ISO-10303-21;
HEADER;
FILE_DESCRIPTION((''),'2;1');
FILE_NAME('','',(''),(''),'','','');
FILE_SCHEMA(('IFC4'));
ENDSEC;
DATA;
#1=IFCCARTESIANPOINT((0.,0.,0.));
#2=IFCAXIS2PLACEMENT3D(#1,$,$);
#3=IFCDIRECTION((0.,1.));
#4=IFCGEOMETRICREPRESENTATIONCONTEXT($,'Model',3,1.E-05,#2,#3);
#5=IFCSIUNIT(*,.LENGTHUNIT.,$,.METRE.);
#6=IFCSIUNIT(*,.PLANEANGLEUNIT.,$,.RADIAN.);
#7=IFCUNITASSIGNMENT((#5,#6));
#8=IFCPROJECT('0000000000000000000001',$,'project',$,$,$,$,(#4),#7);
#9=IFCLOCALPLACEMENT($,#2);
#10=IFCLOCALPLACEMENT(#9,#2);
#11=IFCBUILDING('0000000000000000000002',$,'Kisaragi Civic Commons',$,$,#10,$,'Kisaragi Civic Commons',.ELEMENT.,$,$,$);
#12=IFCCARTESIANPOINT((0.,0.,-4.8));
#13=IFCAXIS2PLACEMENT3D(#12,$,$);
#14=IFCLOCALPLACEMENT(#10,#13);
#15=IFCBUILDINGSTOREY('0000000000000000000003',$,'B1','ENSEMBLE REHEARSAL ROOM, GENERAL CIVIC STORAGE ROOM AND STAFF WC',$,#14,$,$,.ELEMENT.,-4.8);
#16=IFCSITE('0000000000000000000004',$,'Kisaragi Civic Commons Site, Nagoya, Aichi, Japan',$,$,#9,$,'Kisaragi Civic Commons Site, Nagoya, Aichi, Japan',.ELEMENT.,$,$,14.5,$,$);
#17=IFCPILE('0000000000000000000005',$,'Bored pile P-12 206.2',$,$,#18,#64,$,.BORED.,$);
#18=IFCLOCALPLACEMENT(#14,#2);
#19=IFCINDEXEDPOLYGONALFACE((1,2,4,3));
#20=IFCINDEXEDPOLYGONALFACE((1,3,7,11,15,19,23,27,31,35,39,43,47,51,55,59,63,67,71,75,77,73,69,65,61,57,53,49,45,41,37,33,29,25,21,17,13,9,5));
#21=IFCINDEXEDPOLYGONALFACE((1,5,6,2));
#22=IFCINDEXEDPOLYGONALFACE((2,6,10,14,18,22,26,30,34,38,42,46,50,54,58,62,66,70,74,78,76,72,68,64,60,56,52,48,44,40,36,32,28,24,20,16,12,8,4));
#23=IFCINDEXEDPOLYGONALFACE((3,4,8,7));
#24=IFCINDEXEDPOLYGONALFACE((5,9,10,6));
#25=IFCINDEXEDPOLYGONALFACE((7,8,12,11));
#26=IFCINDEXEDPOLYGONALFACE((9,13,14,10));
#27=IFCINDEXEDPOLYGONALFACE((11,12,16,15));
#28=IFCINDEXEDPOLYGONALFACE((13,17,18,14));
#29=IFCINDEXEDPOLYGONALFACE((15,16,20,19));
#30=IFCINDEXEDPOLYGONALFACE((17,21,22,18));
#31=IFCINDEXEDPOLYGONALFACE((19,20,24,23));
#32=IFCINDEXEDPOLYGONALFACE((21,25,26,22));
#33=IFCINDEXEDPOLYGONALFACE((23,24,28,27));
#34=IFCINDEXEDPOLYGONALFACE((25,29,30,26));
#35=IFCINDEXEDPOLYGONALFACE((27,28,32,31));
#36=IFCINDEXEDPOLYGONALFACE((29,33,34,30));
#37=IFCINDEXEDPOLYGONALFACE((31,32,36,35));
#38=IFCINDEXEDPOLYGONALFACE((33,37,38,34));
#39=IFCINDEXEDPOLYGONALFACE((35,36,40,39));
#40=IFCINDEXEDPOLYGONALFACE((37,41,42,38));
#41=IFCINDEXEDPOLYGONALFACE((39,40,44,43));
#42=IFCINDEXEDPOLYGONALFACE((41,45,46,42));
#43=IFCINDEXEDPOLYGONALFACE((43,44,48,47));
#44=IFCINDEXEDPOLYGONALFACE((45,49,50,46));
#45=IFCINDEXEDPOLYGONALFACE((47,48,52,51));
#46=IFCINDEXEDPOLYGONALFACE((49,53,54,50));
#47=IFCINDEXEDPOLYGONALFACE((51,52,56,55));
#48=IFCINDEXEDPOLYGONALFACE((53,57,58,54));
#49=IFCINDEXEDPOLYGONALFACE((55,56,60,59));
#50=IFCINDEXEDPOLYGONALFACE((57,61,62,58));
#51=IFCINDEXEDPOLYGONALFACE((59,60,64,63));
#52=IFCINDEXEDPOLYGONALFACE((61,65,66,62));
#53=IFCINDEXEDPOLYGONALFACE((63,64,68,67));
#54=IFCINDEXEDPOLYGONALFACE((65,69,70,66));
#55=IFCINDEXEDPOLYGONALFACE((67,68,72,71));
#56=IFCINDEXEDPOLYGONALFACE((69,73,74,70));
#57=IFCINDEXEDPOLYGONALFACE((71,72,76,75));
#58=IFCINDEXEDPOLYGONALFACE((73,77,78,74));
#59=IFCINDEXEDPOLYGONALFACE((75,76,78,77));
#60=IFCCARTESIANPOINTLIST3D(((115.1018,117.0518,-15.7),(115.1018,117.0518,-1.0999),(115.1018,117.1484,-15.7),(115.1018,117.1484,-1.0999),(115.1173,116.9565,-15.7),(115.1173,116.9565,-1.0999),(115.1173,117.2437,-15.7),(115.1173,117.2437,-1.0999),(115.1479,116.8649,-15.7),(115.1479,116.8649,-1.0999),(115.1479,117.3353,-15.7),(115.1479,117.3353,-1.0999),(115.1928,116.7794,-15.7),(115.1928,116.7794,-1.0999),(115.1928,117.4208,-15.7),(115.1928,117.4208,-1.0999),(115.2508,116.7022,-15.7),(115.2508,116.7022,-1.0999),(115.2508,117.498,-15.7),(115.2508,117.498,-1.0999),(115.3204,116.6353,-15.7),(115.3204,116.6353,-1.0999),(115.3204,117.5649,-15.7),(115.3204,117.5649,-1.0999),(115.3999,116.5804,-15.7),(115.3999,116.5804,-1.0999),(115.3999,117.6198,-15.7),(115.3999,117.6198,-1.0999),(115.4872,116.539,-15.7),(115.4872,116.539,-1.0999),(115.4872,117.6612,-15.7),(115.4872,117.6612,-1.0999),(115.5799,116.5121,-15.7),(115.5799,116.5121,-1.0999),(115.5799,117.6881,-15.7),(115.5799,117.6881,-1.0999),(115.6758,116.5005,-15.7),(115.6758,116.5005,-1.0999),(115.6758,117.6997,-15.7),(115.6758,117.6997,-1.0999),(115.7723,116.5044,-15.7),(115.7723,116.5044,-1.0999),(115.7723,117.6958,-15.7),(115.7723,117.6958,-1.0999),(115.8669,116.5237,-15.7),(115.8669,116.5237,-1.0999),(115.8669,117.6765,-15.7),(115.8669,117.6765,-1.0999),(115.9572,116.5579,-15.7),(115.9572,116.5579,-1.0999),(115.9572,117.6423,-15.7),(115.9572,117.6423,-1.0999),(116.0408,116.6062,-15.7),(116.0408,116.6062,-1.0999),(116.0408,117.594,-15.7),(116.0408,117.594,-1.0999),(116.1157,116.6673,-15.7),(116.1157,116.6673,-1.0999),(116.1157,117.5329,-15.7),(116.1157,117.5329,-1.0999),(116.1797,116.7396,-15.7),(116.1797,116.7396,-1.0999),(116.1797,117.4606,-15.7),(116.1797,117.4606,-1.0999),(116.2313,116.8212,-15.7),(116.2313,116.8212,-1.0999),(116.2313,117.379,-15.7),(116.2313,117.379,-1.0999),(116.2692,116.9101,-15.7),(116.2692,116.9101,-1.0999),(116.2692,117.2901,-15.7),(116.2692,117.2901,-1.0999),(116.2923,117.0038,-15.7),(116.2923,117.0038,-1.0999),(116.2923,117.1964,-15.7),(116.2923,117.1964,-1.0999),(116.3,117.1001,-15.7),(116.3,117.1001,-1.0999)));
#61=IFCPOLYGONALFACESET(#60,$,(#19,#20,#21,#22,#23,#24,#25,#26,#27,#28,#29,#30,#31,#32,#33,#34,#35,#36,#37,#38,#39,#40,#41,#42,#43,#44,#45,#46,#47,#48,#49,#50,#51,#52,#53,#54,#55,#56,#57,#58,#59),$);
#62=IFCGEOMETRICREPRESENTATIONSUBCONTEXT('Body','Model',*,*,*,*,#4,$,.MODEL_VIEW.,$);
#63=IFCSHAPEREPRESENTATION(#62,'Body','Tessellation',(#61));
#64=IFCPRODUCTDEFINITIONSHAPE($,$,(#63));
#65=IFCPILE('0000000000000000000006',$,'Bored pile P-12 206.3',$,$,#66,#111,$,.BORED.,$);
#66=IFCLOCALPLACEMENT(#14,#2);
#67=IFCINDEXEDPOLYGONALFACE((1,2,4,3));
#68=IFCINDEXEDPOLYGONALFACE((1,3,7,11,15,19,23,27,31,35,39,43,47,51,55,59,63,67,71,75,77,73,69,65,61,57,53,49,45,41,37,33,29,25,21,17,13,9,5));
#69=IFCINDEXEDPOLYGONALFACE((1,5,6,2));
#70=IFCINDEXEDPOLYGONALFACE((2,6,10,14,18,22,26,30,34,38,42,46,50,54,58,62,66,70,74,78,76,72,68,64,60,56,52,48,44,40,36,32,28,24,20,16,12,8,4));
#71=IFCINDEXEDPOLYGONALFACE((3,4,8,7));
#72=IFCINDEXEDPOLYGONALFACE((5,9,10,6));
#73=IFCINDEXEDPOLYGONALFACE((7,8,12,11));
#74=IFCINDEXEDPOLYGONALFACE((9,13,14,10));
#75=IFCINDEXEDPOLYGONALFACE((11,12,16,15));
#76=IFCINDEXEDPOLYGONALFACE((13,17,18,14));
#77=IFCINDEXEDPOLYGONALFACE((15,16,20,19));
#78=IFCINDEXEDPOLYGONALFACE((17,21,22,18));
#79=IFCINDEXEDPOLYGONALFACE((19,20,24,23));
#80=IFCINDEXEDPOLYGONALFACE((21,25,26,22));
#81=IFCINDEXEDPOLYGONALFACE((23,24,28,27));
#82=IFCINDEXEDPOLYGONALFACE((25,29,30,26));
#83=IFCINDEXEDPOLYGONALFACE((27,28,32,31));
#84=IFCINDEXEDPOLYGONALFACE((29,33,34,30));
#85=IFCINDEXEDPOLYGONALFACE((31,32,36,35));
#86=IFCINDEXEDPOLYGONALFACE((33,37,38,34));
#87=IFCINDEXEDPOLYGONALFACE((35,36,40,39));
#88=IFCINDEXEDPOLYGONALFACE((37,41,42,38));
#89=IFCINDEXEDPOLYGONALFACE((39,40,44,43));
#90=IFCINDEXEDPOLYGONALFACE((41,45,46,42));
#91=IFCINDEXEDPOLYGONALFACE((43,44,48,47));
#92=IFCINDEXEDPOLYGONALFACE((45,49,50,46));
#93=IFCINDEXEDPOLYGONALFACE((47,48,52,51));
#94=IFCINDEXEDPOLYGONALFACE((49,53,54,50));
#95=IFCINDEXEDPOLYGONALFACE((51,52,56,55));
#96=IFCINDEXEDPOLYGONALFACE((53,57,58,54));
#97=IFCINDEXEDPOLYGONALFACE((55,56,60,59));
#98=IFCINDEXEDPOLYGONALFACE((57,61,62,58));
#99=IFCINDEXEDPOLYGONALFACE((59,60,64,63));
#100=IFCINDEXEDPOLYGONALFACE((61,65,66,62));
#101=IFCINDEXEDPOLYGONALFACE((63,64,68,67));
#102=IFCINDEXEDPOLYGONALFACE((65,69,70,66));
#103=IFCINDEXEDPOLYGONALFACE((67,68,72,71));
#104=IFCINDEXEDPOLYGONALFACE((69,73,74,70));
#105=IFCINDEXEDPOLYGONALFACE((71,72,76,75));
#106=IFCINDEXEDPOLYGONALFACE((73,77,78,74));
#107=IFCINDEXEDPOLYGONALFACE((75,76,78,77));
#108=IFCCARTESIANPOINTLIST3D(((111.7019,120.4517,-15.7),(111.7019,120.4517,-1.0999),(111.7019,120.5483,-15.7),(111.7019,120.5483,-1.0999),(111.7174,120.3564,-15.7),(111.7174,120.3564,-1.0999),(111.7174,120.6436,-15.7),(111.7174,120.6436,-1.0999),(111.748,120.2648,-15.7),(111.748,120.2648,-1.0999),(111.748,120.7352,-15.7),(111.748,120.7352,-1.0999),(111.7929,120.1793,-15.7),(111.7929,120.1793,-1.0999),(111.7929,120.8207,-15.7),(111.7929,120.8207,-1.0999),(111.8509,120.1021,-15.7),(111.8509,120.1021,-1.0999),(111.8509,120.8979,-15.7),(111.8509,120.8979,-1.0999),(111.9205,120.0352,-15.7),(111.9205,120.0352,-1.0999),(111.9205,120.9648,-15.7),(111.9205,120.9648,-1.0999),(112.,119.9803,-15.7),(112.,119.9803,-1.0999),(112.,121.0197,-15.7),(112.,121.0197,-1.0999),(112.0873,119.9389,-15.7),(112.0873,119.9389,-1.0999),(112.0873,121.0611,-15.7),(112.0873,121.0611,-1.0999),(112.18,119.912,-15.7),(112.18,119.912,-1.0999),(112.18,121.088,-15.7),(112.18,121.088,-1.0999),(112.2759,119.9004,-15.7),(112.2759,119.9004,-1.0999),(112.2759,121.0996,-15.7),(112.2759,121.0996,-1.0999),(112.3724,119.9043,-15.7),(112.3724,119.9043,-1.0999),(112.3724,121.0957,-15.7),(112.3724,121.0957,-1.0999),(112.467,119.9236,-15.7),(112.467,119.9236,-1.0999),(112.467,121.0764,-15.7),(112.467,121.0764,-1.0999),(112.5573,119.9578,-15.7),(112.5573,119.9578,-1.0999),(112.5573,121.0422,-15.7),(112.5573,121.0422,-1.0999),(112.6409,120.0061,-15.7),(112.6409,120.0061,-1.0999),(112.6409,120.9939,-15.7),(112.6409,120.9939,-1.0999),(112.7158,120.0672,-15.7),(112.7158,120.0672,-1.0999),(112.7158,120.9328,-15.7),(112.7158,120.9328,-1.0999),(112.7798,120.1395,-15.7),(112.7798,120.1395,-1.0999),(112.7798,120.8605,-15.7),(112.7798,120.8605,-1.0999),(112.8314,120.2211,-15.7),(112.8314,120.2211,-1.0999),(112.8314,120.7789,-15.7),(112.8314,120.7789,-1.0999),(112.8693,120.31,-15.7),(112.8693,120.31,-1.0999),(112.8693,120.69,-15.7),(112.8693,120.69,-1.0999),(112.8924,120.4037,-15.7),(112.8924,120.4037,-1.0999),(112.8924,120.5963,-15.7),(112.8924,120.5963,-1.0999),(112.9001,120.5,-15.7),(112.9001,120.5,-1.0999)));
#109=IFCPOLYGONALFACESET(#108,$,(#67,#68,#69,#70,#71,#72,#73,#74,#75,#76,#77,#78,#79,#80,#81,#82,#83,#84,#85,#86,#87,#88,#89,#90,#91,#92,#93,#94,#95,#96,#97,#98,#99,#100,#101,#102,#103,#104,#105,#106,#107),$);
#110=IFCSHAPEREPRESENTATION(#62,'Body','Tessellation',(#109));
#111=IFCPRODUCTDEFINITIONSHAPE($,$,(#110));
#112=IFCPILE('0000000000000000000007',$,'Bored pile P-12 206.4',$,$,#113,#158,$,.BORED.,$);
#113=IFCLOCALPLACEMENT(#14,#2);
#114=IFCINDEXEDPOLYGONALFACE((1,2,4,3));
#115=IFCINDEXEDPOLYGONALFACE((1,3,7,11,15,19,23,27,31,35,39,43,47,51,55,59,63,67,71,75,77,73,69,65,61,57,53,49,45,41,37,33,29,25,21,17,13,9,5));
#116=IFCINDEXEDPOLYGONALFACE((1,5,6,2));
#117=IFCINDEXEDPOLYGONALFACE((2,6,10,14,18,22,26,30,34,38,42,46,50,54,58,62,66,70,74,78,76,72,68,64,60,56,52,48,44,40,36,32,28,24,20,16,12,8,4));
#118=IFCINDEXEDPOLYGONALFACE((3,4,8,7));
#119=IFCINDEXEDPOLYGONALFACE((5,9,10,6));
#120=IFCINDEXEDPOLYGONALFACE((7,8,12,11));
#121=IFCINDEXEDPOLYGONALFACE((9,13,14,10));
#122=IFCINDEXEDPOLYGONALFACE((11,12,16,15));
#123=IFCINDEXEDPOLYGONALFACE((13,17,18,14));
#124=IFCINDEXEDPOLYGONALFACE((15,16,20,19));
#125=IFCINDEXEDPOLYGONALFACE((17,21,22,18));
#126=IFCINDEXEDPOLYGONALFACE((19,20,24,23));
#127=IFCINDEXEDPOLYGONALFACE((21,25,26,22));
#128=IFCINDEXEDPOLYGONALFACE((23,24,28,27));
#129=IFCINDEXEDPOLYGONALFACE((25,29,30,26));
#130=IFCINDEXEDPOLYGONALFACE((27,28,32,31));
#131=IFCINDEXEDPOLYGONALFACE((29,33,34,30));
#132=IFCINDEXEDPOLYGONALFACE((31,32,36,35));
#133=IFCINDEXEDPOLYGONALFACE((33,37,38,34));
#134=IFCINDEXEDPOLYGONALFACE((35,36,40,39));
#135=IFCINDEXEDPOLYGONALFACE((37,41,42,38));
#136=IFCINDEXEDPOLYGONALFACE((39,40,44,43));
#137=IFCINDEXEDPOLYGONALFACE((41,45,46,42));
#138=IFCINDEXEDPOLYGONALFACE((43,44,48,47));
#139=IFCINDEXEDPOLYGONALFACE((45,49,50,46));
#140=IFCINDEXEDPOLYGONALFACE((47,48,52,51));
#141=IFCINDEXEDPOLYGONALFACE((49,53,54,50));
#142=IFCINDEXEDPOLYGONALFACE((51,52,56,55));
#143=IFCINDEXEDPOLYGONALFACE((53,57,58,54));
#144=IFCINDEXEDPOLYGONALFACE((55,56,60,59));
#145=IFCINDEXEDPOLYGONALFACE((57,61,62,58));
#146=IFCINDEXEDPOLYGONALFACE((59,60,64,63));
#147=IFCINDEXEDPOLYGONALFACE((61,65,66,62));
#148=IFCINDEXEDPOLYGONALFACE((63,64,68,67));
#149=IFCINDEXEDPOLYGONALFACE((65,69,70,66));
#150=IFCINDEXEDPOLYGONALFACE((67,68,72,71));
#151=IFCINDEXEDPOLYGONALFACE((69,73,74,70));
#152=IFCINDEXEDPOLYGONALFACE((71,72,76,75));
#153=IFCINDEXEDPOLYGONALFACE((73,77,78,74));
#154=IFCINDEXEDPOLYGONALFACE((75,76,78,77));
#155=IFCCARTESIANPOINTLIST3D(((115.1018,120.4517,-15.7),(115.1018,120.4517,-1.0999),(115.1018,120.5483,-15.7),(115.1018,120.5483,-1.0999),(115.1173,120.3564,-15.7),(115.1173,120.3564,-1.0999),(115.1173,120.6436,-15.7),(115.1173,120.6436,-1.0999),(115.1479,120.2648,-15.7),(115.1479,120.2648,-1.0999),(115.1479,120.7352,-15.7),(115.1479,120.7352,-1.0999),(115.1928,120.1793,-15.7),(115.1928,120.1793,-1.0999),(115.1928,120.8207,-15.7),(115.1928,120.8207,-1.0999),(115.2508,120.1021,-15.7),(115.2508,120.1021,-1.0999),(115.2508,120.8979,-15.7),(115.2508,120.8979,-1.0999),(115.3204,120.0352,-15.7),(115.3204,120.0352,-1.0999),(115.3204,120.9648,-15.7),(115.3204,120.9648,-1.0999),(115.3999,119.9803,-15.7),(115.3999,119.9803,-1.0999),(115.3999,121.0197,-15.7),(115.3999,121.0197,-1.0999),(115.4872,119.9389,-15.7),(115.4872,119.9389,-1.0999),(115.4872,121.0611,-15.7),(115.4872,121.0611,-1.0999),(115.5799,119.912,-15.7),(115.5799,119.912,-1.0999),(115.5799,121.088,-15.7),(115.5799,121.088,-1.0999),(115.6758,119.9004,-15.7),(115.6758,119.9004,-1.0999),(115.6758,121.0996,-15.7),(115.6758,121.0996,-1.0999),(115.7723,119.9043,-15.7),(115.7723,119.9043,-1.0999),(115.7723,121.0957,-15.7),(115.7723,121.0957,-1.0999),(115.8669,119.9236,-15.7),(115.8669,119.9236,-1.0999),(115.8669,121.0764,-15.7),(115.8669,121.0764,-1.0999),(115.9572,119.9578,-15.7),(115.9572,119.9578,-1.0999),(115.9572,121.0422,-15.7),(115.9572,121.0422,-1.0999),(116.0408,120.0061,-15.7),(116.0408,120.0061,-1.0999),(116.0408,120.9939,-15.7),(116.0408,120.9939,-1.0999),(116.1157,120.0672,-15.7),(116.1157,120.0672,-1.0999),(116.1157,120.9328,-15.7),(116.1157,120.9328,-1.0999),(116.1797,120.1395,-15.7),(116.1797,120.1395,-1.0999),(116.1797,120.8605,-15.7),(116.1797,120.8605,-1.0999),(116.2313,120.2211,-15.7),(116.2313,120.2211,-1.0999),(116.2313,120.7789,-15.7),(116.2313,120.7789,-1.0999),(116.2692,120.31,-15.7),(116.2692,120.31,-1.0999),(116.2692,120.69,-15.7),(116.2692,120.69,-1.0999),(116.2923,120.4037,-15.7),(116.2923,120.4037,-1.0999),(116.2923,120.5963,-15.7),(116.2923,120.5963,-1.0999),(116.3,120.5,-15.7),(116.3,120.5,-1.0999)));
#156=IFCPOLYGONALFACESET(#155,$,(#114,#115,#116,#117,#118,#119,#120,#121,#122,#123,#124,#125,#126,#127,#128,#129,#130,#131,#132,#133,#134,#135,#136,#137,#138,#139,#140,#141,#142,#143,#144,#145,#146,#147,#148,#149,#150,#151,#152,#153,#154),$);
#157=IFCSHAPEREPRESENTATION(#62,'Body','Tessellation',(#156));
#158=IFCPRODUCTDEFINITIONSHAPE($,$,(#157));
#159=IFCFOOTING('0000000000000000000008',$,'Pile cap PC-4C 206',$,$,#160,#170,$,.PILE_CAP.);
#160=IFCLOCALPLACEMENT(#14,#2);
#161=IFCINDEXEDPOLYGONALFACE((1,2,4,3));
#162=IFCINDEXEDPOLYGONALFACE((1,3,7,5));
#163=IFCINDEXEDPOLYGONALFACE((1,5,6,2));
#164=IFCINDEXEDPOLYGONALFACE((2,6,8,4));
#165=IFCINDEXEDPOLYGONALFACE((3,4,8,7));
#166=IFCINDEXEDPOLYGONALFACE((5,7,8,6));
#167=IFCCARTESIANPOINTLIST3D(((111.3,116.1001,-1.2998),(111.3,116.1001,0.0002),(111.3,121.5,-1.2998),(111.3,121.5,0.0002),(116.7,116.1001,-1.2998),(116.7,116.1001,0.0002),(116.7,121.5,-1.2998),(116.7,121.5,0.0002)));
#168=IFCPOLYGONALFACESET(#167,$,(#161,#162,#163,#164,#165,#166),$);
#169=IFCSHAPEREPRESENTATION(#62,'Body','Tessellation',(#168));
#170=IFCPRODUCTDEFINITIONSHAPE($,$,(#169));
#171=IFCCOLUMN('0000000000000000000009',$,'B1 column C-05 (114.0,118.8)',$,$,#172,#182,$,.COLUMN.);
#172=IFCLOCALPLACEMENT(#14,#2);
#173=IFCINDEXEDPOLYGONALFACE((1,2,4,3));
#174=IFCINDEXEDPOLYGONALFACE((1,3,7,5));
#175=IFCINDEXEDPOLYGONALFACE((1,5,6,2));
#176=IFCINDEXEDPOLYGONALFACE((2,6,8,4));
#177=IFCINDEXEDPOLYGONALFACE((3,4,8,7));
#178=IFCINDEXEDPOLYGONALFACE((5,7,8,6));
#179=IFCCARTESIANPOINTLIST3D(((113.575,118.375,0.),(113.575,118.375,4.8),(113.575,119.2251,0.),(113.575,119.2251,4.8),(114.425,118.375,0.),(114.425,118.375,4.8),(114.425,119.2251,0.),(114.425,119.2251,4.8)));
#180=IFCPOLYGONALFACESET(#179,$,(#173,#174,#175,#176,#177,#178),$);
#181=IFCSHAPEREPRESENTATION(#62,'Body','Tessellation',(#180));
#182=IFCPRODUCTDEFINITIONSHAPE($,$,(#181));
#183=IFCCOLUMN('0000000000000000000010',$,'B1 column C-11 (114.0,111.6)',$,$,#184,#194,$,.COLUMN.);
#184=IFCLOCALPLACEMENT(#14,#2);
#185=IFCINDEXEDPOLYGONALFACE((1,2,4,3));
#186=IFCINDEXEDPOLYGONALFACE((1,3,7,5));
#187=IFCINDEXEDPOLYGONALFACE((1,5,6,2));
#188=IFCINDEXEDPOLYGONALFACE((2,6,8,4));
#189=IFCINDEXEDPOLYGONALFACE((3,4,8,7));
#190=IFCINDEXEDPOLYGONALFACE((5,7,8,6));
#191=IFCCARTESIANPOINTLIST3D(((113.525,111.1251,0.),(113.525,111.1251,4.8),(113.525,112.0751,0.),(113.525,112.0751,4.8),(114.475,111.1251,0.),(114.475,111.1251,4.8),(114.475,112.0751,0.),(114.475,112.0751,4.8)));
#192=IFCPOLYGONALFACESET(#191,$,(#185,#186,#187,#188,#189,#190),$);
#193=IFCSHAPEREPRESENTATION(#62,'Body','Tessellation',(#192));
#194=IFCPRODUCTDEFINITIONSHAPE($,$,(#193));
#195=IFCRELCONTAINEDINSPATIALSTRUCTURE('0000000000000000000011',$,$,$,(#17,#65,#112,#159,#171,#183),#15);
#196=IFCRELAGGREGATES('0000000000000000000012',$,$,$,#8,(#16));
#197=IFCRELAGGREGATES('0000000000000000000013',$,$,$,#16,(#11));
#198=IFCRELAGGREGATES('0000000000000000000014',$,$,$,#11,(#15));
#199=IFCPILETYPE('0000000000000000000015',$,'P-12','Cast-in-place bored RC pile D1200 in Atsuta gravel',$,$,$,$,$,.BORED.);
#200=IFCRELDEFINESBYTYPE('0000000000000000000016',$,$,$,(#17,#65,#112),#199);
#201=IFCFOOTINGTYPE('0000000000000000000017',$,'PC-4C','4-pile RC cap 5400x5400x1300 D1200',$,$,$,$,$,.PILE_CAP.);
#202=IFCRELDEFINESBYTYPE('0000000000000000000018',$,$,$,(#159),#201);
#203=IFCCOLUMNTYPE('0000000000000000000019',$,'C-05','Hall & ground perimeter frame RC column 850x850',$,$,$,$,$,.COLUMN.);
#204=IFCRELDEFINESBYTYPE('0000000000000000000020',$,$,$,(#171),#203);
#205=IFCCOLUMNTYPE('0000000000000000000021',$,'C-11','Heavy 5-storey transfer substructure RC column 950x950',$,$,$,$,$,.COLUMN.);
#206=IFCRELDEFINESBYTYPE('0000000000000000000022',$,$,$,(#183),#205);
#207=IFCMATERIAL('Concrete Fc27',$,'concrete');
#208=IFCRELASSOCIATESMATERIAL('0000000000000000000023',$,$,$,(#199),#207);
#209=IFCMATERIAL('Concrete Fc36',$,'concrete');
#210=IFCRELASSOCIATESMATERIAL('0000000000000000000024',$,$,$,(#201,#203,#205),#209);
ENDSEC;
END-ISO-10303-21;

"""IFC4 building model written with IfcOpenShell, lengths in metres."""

from ifc_helpers import new_model, si_unit, direction, frame, origin, origin_2d, place, context, subcontext, project, spatial, rectangle, circle, extrude, material, material_profile, profile_set, type_object, element, save


model = new_model("IFC4")

# Units and contexts
model_context = context("Model", 3, precision=1e-05, world=origin(), true_north=direction((0.0, 1.0)))
body_context = subcontext(model_context, "Body", "Model", "MODEL_VIEW")
ifc_project = project(units=[si_unit("LENGTHUNIT", "METRE"), si_unit("PLANEANGLEUNIT", "RADIAN")], contexts=[model_context])

# Site, building, storey
site_placement = place(None, origin())
site = spatial("IfcSite", under=ifc_project, at=site_placement, Name="Kisaragi Civic Commons Site, Nagoya, Aichi, Japan", LongName="Kisaragi Civic Commons Site, Nagoya, Aichi, Japan", CompositionType="ELEMENT", RefElevation=14.5)
building_placement = place(site_placement, origin())
building = spatial("IfcBuilding", under=site, at=building_placement, Name="Kisaragi Civic Commons", LongName="Kisaragi Civic Commons", CompositionType="ELEMENT")
storey_placement = place(building_placement, frame((0.0, 0.0, -4.8)))
storey = spatial("IfcBuildingStorey", under=building, at=storey_placement, Name="B1", Description="ENSEMBLE REHEARSAL ROOM, GENERAL CIVIC STORAGE ROOM AND STAFF WC", CompositionType="ELEMENT", Elevation=-4.8)

# Shared definitions
ifc_material_1 = material(Name="Concrete Fc27", Category="concrete")

# Piles
ifc_material_profile_1 = material_profile(ifc_material_1, circle(Radius=0.6001, at=origin_2d()), Name="PILE-D1200", Category="concrete")
ifc_profile_set_1 = profile_set([ifc_material_profile_1], Name="Concrete Fc27")
pile_type = type_object("IfcPileType", Name="P-12", Description="Cast-in-place bored RC pile D1200 in Atsuta gravel", PredefinedType="BORED", material=ifc_profile_set_1)
for number, where, z_axis, x_axis, name in (
    (1, (115.7, 117.1001, -1.0999), (0.0, 0.0, -1.0), (1.0, 0.0, 0.0), "Bored pile P-12 206.2"),
    (2, (112.3, 120.5, -1.0999), (0.0, 0.0, -1.0), (1.0, 0.0, 0.0), "Bored pile P-12 206.3"),
    (3, (115.7, 120.5, -1.0999), (0.0, 0.0, -1.0), (1.0, 0.0, 0.0), "Bored pile P-12 206.4"),
):
    element("IfcPile", number, at=place(storey_placement, frame(where, z_axis=z_axis, x_axis=x_axis)), inside=storey, type_object=pile_type, Name=name, PredefinedType="BORED", context=body_context, shape_type="SweptSolid", body=[
        extrude(circle(Radius=0.6001, at=origin_2d()), origin(), (0.0, 0.0, 1.0), 14.6001),
    ])

# Footing
ifc_material_2 = material(Name="Concrete Fc36", Category="concrete")
footing_type_1 = type_object("IfcFootingType", Name="PC-4C", Description="4-pile RC cap 5400x5400x1300 D1200", PredefinedType="PILE_CAP", material=ifc_material_2)
footing_1_placement = place(storey_placement, frame((114.0, 118.8, -1.2998), z_axis=(0.0, 0.0, 1.0), x_axis=(1.0, 0.0, 0.0)))
element("IfcFooting", 4, at=footing_1_placement, inside=storey, type_object=footing_type_1, Name="Pile cap PC-4C 206", PredefinedType="PILE_CAP", context=body_context, shape_type="SweptSolid", body=[
    extrude(rectangle(XDim=5.3999, YDim=5.3999, at=origin_2d()), origin(), (0.0, 0.0, 1.0), 1.3),
])

# Columns
ifc_material_profile_2 = material_profile(ifc_material_2, rectangle(XDim=0.8501, YDim=0.8501, at=origin_2d()), Name="RC-850x850", Category="concrete")
ifc_profile_set_2 = profile_set([ifc_material_profile_2], Name="Concrete Fc36")
column_type_1 = type_object("IfcColumnType", Name="C-05", Description="Hall & ground perimeter frame RC column 850x850", PredefinedType="COLUMN", material=ifc_profile_set_2)
column_1_placement = place(storey_placement, frame((114.0, 118.8, 0.0), z_axis=(0.0, 0.0, 1.0), x_axis=(1.0, 0.0, 0.0)))
element("IfcColumn", 5, at=column_1_placement, inside=storey, type_object=column_type_1, Name="B1 column C-05 (114.0,118.8)", PredefinedType="COLUMN", context=body_context, shape_type="SweptSolid", body=[
    extrude(rectangle(XDim=0.8501, YDim=0.8501, at=origin_2d()), origin(), (0.0, 0.0, 1.0), 4.8),
])
ifc_material_profile_3 = material_profile(ifc_material_2, rectangle(XDim=0.95, YDim=0.95, at=origin_2d()), Name="RC-950x950", Category="concrete")
ifc_profile_set_3 = profile_set([ifc_material_profile_3], Name="Concrete Fc36")
column_type_2 = type_object("IfcColumnType", Name="C-11", Description="Heavy 5-storey transfer substructure RC column 950x950", PredefinedType="COLUMN", material=ifc_profile_set_3)
column_2_placement = place(storey_placement, frame((114.0, 111.6001, 0.0), z_axis=(0.0, 0.0, 1.0), x_axis=(1.0, 0.0, 0.0)))
element("IfcColumn", 6, at=column_2_placement, inside=storey, type_object=column_type_2, Name="B1 column C-11 (114.0,111.6)", PredefinedType="COLUMN", context=body_context, shape_type="SweptSolid", body=[
    extrude(rectangle(XDim=0.95, YDim=0.95, at=origin_2d()), origin(), (0.0, 0.0, 1.0), 4.8),
])

save(model, "model.ifc")
